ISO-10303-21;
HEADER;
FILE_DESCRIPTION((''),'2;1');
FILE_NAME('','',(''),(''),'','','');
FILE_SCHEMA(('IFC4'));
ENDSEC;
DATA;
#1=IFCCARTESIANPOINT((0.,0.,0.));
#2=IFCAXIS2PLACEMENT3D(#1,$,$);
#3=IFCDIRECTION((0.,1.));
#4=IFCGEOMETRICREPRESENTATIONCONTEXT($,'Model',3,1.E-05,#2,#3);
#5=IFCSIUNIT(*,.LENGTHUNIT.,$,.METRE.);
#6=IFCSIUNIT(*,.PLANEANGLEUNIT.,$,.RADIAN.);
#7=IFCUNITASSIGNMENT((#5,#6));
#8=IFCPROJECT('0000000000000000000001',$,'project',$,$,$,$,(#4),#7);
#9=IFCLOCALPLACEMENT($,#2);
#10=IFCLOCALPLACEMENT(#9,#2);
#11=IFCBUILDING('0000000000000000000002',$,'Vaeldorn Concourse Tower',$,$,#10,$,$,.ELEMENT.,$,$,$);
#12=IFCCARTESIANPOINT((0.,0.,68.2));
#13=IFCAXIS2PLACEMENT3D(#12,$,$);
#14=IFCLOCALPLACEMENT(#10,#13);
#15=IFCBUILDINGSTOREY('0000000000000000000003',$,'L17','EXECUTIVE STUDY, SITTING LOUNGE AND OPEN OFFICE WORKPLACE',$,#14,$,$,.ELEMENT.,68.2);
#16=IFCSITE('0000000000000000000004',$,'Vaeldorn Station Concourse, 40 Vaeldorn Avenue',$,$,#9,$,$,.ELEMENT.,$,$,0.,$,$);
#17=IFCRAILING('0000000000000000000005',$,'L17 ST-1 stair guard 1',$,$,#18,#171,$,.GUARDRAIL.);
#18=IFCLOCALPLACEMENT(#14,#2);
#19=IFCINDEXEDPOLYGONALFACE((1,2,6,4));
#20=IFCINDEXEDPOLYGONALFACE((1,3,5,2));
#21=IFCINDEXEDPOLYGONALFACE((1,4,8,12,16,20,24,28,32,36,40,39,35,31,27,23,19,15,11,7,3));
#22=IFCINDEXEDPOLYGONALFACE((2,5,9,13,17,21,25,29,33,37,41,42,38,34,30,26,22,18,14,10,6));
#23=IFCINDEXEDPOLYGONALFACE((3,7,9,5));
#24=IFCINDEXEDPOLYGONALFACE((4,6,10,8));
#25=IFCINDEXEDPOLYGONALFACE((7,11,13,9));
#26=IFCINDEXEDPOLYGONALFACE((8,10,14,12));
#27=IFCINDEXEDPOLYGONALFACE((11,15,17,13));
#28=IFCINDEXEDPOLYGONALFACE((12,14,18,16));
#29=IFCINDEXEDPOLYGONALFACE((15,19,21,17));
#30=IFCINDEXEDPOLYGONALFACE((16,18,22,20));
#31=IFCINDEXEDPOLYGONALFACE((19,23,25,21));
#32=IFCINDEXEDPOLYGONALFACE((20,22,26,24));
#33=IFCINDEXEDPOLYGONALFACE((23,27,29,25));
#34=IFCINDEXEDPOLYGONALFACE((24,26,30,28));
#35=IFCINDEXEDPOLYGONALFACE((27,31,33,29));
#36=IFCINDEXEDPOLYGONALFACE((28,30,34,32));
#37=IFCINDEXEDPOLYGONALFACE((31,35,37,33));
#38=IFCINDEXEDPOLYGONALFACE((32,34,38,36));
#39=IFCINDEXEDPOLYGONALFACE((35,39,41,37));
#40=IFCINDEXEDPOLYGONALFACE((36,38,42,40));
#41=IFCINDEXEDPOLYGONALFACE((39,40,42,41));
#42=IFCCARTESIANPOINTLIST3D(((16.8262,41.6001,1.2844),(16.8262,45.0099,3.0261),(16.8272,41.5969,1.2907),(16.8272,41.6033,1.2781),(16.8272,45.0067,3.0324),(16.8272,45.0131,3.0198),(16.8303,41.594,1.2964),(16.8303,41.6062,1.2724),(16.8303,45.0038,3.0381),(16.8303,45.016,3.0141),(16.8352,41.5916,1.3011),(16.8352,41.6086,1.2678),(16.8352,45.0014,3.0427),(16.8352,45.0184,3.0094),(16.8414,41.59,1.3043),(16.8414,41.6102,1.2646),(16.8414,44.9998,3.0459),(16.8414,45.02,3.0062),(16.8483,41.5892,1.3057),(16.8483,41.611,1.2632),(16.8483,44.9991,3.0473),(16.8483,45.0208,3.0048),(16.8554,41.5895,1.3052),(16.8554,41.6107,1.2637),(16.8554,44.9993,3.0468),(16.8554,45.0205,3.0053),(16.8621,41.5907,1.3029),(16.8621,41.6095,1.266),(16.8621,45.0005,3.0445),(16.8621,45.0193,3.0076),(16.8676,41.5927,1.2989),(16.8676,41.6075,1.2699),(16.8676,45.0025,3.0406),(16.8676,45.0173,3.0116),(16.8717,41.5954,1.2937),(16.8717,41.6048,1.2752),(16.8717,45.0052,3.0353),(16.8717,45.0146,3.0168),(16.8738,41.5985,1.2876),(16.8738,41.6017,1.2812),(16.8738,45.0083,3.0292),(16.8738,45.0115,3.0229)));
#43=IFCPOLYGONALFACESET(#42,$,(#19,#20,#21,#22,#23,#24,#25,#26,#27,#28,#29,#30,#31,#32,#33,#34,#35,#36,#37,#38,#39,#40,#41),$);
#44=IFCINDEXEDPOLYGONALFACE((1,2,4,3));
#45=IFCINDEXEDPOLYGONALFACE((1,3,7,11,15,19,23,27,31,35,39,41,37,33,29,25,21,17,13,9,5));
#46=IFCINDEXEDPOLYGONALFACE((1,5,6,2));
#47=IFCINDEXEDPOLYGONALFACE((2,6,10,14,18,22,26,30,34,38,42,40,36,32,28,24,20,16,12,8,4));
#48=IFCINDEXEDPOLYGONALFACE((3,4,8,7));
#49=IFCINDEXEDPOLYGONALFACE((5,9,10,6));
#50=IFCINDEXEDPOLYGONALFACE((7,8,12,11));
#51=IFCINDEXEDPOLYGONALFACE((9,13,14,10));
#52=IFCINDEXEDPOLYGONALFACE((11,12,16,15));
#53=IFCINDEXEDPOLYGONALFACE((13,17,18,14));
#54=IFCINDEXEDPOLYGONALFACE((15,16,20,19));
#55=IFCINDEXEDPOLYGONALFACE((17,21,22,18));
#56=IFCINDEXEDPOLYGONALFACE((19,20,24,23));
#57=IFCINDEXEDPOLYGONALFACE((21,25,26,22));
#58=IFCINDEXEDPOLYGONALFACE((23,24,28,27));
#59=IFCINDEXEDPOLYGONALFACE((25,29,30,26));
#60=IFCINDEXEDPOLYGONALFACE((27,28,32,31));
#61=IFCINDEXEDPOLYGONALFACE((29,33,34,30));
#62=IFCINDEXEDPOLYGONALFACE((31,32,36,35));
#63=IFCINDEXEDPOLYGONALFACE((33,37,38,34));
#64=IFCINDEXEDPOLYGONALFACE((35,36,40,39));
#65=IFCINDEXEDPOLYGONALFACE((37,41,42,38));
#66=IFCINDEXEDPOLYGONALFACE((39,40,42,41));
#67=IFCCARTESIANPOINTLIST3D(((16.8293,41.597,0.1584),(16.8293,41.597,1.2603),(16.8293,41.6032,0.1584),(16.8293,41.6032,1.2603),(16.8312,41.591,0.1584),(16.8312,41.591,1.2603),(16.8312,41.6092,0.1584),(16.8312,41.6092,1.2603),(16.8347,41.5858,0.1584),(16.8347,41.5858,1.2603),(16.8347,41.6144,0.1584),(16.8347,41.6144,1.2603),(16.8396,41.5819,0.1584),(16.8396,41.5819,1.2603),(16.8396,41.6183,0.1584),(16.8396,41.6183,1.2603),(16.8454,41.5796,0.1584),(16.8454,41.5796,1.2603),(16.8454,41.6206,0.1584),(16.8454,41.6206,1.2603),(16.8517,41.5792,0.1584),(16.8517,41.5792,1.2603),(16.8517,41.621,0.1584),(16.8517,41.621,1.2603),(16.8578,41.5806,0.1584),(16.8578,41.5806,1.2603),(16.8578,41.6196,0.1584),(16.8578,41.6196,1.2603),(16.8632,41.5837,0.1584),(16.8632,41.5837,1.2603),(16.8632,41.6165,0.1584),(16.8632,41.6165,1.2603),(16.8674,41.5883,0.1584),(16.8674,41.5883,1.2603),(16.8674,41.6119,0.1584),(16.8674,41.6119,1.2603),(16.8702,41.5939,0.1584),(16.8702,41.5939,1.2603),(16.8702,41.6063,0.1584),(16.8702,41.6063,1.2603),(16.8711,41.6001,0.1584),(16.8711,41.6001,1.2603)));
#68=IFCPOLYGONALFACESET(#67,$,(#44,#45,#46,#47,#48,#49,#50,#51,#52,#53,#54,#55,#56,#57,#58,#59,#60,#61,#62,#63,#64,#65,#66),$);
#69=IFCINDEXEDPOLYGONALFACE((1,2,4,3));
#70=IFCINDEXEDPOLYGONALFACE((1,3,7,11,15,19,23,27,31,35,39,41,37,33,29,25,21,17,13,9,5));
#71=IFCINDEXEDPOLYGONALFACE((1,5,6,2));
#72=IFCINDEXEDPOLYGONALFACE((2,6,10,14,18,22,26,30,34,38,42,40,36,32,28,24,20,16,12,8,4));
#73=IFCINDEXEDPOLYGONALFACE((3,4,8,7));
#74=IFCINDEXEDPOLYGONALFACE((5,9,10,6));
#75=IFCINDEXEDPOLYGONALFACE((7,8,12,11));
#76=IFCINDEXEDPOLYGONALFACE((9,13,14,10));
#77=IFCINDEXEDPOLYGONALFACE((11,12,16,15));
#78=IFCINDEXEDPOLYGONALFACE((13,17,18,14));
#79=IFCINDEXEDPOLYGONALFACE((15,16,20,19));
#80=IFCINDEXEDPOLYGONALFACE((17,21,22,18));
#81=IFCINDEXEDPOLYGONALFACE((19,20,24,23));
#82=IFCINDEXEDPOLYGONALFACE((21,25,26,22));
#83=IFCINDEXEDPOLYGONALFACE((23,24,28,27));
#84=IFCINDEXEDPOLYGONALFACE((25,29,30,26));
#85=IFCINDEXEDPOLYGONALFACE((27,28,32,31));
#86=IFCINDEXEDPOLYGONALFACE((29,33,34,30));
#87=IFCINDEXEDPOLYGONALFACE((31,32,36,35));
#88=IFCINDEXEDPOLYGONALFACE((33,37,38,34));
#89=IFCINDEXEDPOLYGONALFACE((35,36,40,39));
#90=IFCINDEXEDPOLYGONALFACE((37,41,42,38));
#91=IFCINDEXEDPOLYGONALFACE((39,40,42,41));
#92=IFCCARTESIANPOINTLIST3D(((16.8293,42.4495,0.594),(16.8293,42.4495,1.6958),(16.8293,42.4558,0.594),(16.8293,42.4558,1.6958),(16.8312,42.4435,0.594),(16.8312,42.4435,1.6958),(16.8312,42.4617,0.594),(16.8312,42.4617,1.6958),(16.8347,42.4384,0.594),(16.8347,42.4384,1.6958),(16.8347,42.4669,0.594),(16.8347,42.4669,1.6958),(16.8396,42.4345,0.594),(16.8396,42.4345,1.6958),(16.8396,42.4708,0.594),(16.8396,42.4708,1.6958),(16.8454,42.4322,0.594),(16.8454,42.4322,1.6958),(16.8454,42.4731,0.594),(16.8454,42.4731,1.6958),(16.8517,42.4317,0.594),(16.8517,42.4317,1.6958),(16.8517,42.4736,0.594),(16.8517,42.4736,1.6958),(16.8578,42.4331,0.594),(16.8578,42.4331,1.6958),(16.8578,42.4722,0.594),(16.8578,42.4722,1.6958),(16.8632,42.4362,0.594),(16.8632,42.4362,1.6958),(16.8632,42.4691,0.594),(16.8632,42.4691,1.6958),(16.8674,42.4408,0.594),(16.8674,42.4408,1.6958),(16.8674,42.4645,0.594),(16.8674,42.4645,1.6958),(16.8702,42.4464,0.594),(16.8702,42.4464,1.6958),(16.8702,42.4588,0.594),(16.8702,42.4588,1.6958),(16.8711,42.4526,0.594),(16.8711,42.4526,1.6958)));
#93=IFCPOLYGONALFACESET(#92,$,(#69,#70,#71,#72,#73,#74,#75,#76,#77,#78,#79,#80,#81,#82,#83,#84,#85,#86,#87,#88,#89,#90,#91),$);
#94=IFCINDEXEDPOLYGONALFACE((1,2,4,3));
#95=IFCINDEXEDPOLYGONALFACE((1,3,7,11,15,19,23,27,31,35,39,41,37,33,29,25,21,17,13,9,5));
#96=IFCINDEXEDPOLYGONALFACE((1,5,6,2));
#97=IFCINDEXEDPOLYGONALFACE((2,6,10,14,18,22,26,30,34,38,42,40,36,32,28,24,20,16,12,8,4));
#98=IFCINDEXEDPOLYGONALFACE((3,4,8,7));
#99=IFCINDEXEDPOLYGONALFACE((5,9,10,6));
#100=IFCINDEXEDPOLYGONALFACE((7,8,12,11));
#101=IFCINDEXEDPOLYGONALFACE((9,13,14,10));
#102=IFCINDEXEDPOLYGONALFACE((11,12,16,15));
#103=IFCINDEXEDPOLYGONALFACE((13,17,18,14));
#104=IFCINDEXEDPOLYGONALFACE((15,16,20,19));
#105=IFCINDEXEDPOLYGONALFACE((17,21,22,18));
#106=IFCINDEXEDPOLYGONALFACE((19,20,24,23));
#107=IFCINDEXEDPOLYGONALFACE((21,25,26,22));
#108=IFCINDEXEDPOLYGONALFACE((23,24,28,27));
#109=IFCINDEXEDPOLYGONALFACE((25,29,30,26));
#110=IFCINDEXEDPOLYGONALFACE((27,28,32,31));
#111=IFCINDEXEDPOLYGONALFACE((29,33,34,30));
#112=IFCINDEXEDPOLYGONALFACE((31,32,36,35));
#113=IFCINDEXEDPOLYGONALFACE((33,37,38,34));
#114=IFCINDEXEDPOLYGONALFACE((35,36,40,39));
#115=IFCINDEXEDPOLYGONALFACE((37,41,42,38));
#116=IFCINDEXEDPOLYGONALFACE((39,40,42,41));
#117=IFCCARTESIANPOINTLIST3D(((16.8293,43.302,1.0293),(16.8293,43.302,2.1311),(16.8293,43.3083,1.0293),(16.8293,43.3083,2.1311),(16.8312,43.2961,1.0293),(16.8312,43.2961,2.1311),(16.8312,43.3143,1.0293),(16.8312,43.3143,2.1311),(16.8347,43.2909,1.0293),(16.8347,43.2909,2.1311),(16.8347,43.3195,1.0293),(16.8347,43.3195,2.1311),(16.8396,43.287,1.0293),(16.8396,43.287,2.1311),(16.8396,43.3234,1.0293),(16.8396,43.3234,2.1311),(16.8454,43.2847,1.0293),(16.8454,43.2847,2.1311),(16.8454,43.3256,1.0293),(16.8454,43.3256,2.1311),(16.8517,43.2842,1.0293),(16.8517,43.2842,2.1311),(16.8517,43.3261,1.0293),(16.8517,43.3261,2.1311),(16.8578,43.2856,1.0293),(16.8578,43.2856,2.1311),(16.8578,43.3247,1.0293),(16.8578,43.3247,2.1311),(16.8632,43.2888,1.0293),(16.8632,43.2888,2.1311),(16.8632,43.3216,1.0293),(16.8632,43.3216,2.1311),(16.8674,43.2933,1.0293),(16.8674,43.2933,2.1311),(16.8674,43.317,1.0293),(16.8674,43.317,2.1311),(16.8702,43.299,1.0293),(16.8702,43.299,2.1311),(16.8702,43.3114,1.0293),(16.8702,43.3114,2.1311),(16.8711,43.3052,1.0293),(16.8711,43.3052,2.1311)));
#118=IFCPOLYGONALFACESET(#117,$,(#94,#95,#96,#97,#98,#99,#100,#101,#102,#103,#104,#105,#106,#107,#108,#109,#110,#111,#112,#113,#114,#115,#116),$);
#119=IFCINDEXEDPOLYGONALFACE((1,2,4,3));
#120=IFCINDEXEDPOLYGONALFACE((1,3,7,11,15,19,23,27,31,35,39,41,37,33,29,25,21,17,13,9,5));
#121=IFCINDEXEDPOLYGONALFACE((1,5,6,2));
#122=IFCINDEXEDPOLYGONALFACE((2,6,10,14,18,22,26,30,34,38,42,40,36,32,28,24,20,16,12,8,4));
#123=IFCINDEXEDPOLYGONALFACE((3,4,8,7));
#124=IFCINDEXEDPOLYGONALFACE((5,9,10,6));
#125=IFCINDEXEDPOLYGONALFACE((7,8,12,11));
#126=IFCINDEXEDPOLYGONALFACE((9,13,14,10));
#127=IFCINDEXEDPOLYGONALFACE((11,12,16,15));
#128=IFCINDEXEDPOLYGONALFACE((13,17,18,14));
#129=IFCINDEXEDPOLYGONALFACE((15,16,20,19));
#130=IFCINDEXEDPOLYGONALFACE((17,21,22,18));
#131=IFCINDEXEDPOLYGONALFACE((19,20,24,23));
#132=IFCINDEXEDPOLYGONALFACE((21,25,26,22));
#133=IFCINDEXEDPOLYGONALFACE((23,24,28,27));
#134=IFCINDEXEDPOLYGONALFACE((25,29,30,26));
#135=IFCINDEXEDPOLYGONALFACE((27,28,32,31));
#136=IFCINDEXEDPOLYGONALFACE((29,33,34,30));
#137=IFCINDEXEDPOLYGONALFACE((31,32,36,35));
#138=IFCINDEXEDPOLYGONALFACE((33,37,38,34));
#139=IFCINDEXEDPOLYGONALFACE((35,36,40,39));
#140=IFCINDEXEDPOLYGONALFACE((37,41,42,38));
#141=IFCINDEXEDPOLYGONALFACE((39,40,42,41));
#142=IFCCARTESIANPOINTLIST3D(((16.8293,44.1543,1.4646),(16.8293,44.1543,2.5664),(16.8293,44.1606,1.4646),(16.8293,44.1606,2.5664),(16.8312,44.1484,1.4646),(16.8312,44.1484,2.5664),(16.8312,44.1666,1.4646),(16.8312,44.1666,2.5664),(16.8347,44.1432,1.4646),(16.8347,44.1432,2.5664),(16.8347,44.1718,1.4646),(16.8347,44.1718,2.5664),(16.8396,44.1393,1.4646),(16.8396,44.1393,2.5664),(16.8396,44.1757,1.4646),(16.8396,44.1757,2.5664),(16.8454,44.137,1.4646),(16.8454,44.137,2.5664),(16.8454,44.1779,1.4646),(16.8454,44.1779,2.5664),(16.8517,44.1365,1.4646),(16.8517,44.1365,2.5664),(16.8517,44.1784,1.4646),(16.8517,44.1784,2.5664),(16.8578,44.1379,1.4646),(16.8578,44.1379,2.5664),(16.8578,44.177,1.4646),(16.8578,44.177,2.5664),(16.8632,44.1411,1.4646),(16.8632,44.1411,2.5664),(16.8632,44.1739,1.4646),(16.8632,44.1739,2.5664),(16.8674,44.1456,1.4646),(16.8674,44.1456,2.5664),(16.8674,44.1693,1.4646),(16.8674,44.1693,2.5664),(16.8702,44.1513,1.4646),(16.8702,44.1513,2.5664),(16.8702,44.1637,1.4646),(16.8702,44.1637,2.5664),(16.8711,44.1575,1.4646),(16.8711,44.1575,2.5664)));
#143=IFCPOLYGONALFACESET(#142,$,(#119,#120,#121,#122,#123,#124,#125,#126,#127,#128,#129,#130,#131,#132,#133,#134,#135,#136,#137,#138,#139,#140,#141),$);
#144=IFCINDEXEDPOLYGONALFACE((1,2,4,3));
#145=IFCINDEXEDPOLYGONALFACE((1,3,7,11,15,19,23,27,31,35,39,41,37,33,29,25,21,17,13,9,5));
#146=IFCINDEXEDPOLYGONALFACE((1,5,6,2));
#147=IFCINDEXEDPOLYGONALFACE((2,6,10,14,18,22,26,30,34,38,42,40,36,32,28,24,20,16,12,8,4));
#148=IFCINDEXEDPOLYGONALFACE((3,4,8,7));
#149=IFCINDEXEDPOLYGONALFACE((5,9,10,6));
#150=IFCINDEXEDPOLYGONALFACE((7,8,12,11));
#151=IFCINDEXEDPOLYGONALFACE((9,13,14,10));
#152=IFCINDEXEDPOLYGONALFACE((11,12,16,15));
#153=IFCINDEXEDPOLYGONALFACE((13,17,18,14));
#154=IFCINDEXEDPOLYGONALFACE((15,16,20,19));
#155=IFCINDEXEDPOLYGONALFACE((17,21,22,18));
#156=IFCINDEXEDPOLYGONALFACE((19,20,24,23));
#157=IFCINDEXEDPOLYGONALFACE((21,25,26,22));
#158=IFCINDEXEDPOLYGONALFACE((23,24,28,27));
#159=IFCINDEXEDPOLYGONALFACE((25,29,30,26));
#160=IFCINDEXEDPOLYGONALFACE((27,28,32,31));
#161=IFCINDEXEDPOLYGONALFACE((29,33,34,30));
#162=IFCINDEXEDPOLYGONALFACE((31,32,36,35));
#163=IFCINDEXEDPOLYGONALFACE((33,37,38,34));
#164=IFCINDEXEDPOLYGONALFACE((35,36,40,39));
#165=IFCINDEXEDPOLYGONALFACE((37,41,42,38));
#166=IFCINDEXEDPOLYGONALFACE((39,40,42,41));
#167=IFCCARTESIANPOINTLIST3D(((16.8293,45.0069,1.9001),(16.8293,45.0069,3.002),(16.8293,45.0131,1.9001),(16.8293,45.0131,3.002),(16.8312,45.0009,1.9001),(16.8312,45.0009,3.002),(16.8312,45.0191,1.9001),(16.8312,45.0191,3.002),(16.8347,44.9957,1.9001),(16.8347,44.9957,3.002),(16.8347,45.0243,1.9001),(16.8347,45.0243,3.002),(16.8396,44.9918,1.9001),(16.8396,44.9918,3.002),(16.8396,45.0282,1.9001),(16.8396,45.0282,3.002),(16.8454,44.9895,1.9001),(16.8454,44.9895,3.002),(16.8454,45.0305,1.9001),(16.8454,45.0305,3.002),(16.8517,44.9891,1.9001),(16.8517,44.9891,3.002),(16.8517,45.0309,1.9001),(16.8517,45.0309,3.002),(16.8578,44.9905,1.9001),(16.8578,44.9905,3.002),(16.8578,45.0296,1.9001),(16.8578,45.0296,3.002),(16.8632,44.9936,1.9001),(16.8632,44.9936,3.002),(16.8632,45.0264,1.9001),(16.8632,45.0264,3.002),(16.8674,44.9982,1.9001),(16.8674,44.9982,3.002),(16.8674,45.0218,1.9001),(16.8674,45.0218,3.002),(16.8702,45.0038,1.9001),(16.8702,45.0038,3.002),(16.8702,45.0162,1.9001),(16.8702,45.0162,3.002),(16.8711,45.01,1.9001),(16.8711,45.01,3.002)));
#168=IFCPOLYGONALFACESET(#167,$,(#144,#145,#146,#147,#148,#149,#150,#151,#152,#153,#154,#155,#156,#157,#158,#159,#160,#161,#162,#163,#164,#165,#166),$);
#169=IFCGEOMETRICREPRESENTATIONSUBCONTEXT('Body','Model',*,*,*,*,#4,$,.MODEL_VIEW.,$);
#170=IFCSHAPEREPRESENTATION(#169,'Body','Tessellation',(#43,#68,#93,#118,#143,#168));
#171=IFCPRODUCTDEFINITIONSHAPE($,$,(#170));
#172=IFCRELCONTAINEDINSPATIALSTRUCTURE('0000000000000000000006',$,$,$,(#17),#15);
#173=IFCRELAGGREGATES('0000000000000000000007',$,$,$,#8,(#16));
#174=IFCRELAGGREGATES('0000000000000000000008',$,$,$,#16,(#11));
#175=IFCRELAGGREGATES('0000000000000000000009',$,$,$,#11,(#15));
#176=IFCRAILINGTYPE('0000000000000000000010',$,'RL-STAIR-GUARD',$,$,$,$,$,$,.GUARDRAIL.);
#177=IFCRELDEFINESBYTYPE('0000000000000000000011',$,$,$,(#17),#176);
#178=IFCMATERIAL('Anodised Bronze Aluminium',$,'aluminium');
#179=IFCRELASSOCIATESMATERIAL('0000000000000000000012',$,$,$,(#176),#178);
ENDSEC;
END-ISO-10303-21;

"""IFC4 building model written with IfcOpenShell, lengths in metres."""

from ifc_helpers import new_model, si_unit, direction, frame, origin, origin_2d, place, context, subcontext, project, spatial, circle, extrude, material, type_object, element, save


model = new_model("IFC4")

# Units and contexts
model_context = context("Model", 3, precision=1e-05, world=origin(), true_north=direction((0.0, 1.0)))
body_context = subcontext(model_context, "Body", "Model", "MODEL_VIEW")
ifc_project = project(units=[si_unit("LENGTHUNIT", "METRE"), si_unit("PLANEANGLEUNIT", "RADIAN")], contexts=[model_context])

# Site, building, storey
site_placement = place(None, origin())
site = spatial("IfcSite", under=ifc_project, at=site_placement, Name="Vaeldorn Station Concourse, 40 Vaeldorn Avenue", CompositionType="ELEMENT", RefElevation=0.0)
building_placement = place(site_placement, origin())
building = spatial("IfcBuilding", under=site, at=building_placement, Name="Vaeldorn Concourse Tower", CompositionType="ELEMENT")
storey_placement = place(building_placement, frame((0.0, 0.0, 68.2)))
storey = spatial("IfcBuildingStorey", under=building, at=storey_placement, Name="L17", Description="EXECUTIVE STUDY, SITTING LOUNGE AND OPEN OFFICE WORKPLACE", CompositionType="ELEMENT", Elevation=68.2)

# Shared definitions
ifc_material_1 = material(Name="Anodised Bronze Aluminium", Category="aluminium")

# Railing
railing_type_1 = type_object("IfcRailingType", Name="RL-STAIR-GUARD", PredefinedType="GUARDRAIL", material=ifc_material_1)
railing_1_placement = place(storey_placement, frame((16.8501, 41.6001, 0.1584)))
element("IfcRailing", 1, at=railing_1_placement, inside=storey, type_object=railing_type_1, Name="L17 ST-1 stair guard 1", PredefinedType="GUARDRAIL", context=body_context, shape_type="SweptSolid", body=[
    extrude(circle(Radius=0.0239, at=origin_2d()), frame((0.0, 0.0, 1.126), z_axis=(0.0, 0.890556, 0.454874), x_axis=(-1.0, 0.0, 0.0)), (0.0, 0.0, 1.0), 3.8289),
    extrude(circle(Radius=0.021, at=origin_2d()), origin(), (0.0, 0.0, 1.0), 1.1018),
    extrude(circle(Radius=0.021, at=origin_2d()), frame((0.0, 0.8525, 0.4355)), (0.0, 0.0, 1.0), 1.1018),
    extrude(circle(Radius=0.021, at=origin_2d()), frame((0.0, 1.7051, 0.8708)), (0.0, 0.0, 1.0), 1.1018),
    extrude(circle(Radius=0.021, at=origin_2d()), frame((0.0, 2.5574, 1.3062)), (0.0, 0.0, 1.0), 1.1018),
    extrude(circle(Radius=0.021, at=origin_2d()), frame((0.0, 3.4099, 1.7417)), (0.0, 0.0, 1.0), 1.1018),
])

save(model, "model.ifc")
